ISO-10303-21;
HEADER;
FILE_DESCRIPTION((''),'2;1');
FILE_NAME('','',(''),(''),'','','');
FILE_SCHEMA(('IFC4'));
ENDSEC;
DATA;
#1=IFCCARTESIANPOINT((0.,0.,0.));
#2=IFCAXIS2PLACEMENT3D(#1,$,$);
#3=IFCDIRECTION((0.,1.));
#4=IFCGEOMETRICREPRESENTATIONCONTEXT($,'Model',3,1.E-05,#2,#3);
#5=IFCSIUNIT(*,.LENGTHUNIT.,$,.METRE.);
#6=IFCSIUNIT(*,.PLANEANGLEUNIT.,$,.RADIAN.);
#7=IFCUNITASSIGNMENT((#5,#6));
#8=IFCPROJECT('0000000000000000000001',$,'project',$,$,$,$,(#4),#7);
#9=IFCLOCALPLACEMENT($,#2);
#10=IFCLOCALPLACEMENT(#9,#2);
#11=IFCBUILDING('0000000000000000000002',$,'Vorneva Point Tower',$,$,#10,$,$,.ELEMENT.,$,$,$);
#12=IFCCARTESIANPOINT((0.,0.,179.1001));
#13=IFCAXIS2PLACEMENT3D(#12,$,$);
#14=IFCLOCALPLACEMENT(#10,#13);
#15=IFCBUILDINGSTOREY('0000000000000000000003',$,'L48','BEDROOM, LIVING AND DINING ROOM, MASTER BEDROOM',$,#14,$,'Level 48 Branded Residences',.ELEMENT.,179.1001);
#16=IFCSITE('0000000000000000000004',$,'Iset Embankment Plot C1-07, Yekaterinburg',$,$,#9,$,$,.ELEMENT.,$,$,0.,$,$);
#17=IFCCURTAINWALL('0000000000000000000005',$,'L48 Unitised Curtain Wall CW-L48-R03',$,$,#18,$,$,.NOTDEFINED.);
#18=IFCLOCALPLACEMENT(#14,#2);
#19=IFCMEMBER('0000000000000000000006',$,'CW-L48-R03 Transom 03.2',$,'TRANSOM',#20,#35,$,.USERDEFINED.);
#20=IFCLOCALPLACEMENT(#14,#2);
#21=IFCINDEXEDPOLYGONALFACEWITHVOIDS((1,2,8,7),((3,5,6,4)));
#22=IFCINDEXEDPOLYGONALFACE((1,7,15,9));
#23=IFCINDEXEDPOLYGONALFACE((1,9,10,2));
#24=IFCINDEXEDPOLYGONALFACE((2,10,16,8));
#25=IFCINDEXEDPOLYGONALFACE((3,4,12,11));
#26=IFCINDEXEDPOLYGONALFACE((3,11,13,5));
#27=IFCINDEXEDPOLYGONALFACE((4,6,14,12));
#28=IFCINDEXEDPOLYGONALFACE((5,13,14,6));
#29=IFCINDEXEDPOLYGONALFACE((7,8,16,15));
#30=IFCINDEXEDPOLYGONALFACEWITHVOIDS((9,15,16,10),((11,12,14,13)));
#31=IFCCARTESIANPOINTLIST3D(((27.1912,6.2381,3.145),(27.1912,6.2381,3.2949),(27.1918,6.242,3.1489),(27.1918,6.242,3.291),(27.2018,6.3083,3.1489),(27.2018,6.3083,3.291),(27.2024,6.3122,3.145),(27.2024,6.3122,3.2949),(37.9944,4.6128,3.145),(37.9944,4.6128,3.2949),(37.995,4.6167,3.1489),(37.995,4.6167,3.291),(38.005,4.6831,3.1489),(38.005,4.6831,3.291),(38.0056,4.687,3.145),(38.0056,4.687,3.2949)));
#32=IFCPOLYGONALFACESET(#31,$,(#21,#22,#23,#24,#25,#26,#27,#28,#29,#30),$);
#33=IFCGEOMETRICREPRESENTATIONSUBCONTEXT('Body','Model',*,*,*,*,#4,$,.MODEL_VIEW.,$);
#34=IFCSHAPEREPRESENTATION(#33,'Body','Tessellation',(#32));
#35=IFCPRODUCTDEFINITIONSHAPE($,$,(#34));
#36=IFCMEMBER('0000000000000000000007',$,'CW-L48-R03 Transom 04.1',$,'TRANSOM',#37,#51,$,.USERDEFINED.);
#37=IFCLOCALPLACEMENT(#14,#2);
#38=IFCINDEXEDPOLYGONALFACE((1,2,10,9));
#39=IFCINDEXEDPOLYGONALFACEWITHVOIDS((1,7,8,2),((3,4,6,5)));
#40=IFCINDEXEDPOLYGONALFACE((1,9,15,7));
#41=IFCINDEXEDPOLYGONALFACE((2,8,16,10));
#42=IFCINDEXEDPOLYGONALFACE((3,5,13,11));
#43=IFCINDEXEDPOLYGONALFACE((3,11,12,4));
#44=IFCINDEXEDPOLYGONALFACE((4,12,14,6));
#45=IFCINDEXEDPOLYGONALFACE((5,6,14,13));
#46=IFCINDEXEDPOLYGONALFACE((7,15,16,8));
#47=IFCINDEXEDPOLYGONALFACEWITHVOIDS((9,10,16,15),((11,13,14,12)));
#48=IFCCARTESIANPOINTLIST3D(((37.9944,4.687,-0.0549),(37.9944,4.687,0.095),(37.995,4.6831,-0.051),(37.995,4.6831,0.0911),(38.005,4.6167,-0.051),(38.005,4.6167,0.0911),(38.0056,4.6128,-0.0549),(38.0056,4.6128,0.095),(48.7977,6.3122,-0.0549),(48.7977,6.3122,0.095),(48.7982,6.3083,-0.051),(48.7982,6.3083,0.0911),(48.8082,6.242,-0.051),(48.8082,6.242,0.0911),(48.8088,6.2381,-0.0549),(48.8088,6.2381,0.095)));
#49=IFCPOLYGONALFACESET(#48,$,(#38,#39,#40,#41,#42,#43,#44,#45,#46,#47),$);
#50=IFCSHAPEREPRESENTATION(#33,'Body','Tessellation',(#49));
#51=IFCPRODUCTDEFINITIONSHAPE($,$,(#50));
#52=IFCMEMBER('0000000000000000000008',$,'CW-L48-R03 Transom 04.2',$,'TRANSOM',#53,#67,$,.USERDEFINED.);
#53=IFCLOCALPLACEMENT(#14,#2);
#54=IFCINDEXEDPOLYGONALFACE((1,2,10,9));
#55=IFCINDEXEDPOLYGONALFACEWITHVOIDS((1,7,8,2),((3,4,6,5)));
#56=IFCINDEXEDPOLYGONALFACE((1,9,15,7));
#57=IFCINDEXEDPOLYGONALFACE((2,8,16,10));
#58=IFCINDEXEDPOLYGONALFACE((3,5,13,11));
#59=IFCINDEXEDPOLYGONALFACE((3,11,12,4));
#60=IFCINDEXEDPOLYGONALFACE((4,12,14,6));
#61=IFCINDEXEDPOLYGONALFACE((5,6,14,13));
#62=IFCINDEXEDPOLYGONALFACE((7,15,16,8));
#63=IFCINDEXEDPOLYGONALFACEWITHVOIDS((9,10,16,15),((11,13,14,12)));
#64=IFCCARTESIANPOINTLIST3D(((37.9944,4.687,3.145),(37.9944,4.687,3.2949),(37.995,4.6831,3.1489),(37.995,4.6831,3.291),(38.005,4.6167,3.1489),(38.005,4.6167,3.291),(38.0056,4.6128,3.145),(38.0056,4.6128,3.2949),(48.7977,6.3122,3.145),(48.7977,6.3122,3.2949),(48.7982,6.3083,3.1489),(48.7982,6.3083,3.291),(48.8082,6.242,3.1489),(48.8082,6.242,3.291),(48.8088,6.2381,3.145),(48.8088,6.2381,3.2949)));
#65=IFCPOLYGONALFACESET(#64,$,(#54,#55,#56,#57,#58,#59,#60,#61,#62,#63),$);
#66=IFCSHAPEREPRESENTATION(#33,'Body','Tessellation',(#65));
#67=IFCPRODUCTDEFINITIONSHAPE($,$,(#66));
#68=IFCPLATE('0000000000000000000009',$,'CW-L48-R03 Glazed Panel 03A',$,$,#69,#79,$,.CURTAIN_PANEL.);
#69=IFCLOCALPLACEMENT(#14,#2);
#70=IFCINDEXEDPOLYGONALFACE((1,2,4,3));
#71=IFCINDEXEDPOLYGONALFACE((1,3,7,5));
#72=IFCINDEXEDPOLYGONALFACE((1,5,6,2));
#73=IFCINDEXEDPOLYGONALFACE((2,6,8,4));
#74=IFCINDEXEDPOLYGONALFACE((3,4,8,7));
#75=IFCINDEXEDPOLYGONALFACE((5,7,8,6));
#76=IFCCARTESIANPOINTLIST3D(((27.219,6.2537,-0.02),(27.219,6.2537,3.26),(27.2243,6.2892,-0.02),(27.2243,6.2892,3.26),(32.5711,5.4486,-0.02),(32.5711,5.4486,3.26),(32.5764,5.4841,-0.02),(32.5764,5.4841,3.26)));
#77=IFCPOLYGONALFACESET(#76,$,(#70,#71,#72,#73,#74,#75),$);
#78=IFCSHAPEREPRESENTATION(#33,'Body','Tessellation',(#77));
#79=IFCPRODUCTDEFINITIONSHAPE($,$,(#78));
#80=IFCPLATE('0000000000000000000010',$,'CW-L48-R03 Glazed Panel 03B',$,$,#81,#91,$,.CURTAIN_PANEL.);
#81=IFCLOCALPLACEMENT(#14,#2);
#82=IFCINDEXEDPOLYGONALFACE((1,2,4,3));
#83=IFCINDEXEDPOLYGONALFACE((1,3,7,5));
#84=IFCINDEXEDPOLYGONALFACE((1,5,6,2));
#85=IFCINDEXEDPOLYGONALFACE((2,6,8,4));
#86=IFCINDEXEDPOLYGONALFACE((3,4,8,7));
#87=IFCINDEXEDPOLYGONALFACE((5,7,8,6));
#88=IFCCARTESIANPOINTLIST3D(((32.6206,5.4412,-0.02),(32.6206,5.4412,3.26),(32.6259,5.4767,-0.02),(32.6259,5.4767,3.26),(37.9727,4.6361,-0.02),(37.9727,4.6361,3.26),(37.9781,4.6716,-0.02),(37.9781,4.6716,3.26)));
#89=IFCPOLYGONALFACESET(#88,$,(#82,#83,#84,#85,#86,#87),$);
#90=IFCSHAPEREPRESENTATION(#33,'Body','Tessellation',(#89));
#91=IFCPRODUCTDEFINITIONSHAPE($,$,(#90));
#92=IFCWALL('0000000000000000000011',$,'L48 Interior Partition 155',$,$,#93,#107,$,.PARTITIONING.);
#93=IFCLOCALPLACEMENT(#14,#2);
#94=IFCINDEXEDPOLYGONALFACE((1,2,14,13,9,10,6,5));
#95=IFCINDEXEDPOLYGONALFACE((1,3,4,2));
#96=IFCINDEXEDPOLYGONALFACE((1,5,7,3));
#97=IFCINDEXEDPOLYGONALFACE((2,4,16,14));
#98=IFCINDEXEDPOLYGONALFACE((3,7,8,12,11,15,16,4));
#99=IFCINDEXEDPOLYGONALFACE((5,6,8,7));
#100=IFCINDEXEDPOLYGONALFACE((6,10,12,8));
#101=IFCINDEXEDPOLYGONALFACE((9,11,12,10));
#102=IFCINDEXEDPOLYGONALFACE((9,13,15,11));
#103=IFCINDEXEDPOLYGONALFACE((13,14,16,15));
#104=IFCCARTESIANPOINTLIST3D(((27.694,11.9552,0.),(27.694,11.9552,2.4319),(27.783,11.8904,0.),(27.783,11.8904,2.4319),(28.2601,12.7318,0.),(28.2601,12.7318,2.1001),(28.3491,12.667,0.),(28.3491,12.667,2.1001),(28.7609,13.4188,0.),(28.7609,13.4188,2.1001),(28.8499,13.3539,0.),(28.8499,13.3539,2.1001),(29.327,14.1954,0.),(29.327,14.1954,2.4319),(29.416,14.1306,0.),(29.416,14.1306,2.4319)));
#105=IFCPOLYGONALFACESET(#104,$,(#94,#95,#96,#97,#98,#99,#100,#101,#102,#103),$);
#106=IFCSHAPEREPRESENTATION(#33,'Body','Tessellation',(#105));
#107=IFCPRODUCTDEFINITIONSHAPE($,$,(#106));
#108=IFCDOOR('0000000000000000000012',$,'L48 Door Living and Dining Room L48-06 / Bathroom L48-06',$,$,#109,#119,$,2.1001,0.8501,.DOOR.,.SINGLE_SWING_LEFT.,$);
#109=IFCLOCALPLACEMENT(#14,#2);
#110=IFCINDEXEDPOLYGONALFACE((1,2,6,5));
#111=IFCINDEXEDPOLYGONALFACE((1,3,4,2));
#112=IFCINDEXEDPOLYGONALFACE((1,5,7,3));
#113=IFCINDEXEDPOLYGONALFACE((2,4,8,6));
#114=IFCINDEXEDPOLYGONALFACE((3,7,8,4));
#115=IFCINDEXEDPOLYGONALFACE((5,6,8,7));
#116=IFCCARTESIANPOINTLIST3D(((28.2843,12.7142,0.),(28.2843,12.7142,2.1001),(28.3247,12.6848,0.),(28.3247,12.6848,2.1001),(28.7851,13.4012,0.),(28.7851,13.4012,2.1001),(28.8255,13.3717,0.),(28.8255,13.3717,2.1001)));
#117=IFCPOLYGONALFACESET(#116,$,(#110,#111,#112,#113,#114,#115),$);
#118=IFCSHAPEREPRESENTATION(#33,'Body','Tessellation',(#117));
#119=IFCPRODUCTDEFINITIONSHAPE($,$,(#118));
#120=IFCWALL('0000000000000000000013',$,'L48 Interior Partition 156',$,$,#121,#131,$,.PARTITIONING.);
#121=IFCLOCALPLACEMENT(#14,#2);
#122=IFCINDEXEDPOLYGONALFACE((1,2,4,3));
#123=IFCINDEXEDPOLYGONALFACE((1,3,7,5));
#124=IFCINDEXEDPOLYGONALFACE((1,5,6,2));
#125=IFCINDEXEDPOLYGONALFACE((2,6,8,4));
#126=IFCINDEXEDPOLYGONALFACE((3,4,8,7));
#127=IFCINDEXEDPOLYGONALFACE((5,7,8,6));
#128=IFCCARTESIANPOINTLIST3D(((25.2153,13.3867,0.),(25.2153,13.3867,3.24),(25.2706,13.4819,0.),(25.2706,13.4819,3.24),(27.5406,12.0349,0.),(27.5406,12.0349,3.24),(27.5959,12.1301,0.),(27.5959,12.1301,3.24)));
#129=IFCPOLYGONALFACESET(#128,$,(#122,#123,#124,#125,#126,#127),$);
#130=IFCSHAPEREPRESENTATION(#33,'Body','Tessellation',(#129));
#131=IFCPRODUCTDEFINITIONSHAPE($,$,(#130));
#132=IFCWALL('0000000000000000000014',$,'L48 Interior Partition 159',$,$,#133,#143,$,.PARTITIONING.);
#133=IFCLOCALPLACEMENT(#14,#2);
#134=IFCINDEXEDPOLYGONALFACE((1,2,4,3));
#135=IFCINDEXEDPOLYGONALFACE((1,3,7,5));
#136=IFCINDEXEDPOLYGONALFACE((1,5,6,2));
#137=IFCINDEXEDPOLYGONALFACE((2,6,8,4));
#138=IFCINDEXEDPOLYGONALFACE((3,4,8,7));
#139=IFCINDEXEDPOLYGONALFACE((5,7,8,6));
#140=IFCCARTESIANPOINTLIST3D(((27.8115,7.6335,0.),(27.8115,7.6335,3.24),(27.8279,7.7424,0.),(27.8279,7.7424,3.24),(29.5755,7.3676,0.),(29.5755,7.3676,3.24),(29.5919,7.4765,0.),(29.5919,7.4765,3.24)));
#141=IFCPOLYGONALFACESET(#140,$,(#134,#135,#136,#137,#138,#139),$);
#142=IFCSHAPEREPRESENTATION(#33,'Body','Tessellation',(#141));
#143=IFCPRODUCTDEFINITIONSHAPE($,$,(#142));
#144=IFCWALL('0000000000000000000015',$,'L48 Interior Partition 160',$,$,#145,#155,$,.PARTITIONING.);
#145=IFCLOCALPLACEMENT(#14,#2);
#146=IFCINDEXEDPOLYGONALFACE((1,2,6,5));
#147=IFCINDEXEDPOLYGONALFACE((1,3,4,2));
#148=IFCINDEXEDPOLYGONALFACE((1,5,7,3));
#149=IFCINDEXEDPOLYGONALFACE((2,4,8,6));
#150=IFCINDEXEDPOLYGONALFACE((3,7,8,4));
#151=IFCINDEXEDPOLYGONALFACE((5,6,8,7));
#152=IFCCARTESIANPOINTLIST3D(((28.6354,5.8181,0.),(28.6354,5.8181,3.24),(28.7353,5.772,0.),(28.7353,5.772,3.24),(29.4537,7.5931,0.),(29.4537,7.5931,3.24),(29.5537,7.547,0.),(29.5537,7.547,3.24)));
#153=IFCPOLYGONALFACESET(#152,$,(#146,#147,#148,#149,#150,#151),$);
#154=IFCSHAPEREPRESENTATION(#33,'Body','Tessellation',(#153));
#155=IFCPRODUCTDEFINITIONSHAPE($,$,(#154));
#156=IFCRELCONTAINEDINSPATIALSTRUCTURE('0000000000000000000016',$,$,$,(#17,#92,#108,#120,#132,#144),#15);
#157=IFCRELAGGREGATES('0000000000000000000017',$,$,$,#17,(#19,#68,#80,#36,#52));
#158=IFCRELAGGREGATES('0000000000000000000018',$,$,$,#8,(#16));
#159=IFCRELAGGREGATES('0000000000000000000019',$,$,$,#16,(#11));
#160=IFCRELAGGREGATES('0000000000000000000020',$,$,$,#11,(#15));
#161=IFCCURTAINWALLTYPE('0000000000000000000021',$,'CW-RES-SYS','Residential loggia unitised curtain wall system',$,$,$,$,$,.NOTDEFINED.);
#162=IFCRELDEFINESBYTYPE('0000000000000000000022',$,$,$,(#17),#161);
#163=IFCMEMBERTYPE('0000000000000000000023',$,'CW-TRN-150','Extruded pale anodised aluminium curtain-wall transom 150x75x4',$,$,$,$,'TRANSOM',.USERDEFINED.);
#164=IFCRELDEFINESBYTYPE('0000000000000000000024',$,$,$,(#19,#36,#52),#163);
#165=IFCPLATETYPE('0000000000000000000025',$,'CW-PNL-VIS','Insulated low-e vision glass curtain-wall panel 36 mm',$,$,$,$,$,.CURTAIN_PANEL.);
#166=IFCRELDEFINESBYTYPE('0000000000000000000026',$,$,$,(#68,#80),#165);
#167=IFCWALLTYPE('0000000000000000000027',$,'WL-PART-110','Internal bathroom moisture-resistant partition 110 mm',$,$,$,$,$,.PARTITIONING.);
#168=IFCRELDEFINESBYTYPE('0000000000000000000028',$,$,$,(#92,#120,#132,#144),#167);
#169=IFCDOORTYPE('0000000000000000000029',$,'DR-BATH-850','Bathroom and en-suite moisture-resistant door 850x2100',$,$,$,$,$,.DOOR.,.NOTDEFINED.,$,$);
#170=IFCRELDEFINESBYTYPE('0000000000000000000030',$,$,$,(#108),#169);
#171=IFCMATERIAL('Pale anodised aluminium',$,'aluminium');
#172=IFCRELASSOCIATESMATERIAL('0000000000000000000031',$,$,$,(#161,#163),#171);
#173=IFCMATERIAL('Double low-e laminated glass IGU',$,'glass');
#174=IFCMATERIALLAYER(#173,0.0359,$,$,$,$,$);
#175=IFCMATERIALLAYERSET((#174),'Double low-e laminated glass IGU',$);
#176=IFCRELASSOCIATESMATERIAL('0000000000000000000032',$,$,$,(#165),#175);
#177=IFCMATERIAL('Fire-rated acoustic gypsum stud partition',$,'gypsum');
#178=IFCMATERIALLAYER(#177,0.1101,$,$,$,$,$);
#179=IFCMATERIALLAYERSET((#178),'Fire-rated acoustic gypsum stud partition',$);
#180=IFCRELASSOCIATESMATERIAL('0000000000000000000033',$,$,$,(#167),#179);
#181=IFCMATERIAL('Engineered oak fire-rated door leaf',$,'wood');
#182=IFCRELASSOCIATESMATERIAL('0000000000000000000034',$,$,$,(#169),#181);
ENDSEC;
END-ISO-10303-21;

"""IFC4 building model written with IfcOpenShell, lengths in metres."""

from ifc_helpers import new_model, si_unit, direction, frame, frame_2d, origin, origin_2d, place, context, subcontext, project, spatial, rectangle, hollow_rectangle, extrude, material, layer, layer_set, material_profile, profile_set, type_object, element, fill, aggregate, save


model = new_model("IFC4")

# Units and contexts
model_context = context("Model", 3, precision=1e-05, world=origin(), true_north=direction((0.0, 1.0)))
body_context = subcontext(model_context, "Body", "Model", "MODEL_VIEW")
ifc_project = project(units=[si_unit("LENGTHUNIT", "METRE"), si_unit("PLANEANGLEUNIT", "RADIAN")], contexts=[model_context])

# Site, building, storey
site_placement = place(None, origin())
site = spatial("IfcSite", under=ifc_project, at=site_placement, Name="Iset Embankment Plot C1-07, Yekaterinburg", CompositionType="ELEMENT", RefElevation=0.0)
building_placement = place(site_placement, origin())
building = spatial("IfcBuilding", under=site, at=building_placement, Name="Vorneva Point Tower", CompositionType="ELEMENT")
storey_placement = place(building_placement, frame((0.0, 0.0, 179.1001)))
storey = spatial("IfcBuildingStorey", under=building, at=storey_placement, Name="L48", Description="BEDROOM, LIVING AND DINING ROOM, MASTER BEDROOM", LongName="Level 48 Branded Residences", CompositionType="ELEMENT", Elevation=179.1001)

# Curtain wall, members, plates
ifc_material_1 = material(Name="Pale anodised aluminium", Category="aluminium")
curtain_wall_type = type_object("IfcCurtainWallType", Name="CW-RES-SYS", Description="Residential loggia unitised curtain wall system", PredefinedType="NOTDEFINED", material=ifc_material_1)
curtain_wall_placement = place(storey_placement, origin())
curtain_wall = element("IfcCurtainWall", 1, at=curtain_wall_placement, inside=storey, type_object=curtain_wall_type, Name="L48 Unitised Curtain Wall CW-L48-R03", PredefinedType="NOTDEFINED")
ifc_material_profile_1 = material_profile(ifc_material_1, hollow_rectangle(XDim=0.075, YDim=0.1499, WallThickness=0.0039, at=origin_2d()), Name="AL-TRN 150x75x4")
ifc_profile_set_1 = profile_set([ifc_material_profile_1], Name="Pale anodised aluminium")
member_type_1 = type_object("IfcMemberType", Name="CW-TRN-150", Description="Extruded pale anodised aluminium curtain-wall transom 150x75x4", ElementType="TRANSOM", PredefinedType="USERDEFINED", material=ifc_profile_set_1)
member_1_placement = place(storey_placement, frame((27.1968, 6.2751, 3.22), z_axis=(0.988872, -0.148767, 0.0), x_axis=(0.148767, 0.988872, 0.0)))
member_1 = element("IfcMember", 2, at=member_1_placement, type_object=member_type_1, Name="CW-L48-R03 Transom 03.2", ObjectType="TRANSOM", PredefinedType="USERDEFINED", context=body_context, shape_type="SweptSolid", body=[
    extrude(hollow_rectangle(XDim=0.075, YDim=0.1499, WallThickness=0.0039, at=origin_2d()), origin(), (0.0, 0.0, 1.0), 10.9248),
])
member_2_placement = place(storey_placement, frame((38.0, 4.6499, 0.02), z_axis=(0.988872, 0.148767, 0.0), x_axis=(-0.148767, 0.988872, 0.0)))
member_2 = element("IfcMember", 3, at=member_2_placement, type_object=member_type_1, Name="CW-L48-R03 Transom 04.1", ObjectType="TRANSOM", PredefinedType="USERDEFINED", context=body_context, shape_type="SweptSolid", body=[
    extrude(hollow_rectangle(XDim=0.075, YDim=0.1499, WallThickness=0.0039, at=origin_2d()), origin(), (0.0, 0.0, 1.0), 10.9248),
])
member_3_placement = place(storey_placement, frame((38.0, 4.6499, 3.22), z_axis=(0.988872, 0.148767, 0.0), x_axis=(-0.148767, 0.988872, 0.0)))
member_3 = element("IfcMember", 4, at=member_3_placement, type_object=member_type_1, Name="CW-L48-R03 Transom 04.2", ObjectType="TRANSOM", PredefinedType="USERDEFINED", context=body_context, shape_type="SweptSolid", body=[
    extrude(hollow_rectangle(XDim=0.075, YDim=0.1499, WallThickness=0.0039, at=origin_2d()), origin(), (0.0, 0.0, 1.0), 10.9248),
])
ifc_material_2 = material(Name="Double low-e laminated glass IGU", Category="glass")
ifc_layer_1 = layer(ifc_material_2, 0.0359)
ifc_layer_set_1 = layer_set([ifc_layer_1], Name="Double low-e laminated glass IGU")
plate_type = type_object("IfcPlateType", Name="CW-PNL-VIS", Description="Insulated low-e vision glass curtain-wall panel 36 mm", PredefinedType="CURTAIN_PANEL", material=ifc_layer_set_1)
plate_1_placement = place(storey_placement, frame((29.8977, 5.8689, -0.02), z_axis=(0.0, 0.0, 1.0), x_axis=(0.988874, -0.148759, 0.0)))
plate_1 = element("IfcPlate", 5, at=plate_1_placement, type_object=plate_type, Name="CW-L48-R03 Glazed Panel 03A", PredefinedType="CURTAIN_PANEL", context=body_context, shape_type="SweptSolid", body=[
    extrude(rectangle(XDim=5.4124, YDim=0.0359, at=origin_2d()), origin(), (0.0, 0.0, 1.0), 3.28),
])
plate_2_placement = place(storey_placement, frame((35.2993, 5.0564, -0.02), z_axis=(0.0, 0.0, 1.0), x_axis=(0.988874, -0.148759, 0.0)))
plate_2 = element("IfcPlate", 6, at=plate_2_placement, type_object=plate_type, Name="CW-L48-R03 Glazed Panel 03B", PredefinedType="CURTAIN_PANEL", context=body_context, shape_type="SweptSolid", body=[
    extrude(rectangle(XDim=5.4124, YDim=0.0359, at=origin_2d()), origin(), (0.0, 0.0, 1.0), 3.28),
])
aggregate(curtain_wall, [member_1, plate_1, plate_2, member_2, member_3])

# Wall, opening, door
ifc_material_3 = material(Name="Fire-rated acoustic gypsum stud partition", Category="gypsum")
ifc_layer_2 = layer(ifc_material_3, 0.1101)
ifc_layer_set_2 = layer_set([ifc_layer_2], Name="Fire-rated acoustic gypsum stud partition")
wall_type_1 = type_object("IfcWallType", Name="WL-PART-110", Description="Internal bathroom moisture-resistant partition 110 mm", PredefinedType="PARTITIONING", material=ifc_layer_set_2)
wall_1_placement = place(storey_placement, frame((29.3716, 14.1631, 0.0), z_axis=(0.0, 0.0, 1.0), x_axis=(-0.589067, -0.808084, 0.0)))
wall_1 = element("IfcWall", 7, at=wall_1_placement, inside=storey, type_object=wall_type_1, Name="L48 Interior Partition 155", PredefinedType="PARTITIONING", context=body_context, shape_type="SweptSolid", body=[
    extrude(rectangle(XDim=2.7722, YDim=0.1101, at=frame_2d((1.3862, 0.0))), origin(), (0.0, 0.0, 1.0), 2.4319),
])
opening_1_placement = place(wall_1_placement, frame((0.9612, 0.0, 0.0)))
opening_1 = element("IfcOpeningElement", 8, at=opening_1_placement, cuts=wall_1, PredefinedType="OPENING", context=body_context, shape_type="SweptSolid", body=[
    extrude(rectangle(XDim=0.8501, YDim=2.1001, at=frame_2d((0.425, 1.05))), frame((0.0, 0.0698, 0.0), z_axis=(0.0, -1.0, 0.0), x_axis=(1.0, 0.0, 0.0)), (0.0, 0.0, 1.0), 0.1399),
])
ifc_material_4 = material(Name="Engineered oak fire-rated door leaf", Category="wood")
door_type_1 = type_object("IfcDoorType", Name="DR-BATH-850", Description="Bathroom and en-suite moisture-resistant door 850x2100", OperationType="NOTDEFINED", PredefinedType="DOOR", material=ifc_material_4)
door_1_placement = place(opening_1_placement, origin())
door_1 = element("IfcDoor", 9, at=door_1_placement, inside=storey, type_object=door_type_1, Name="L48 Door Living and Dining Room L48-06 / Bathroom L48-06", OperationType="SINGLE_SWING_LEFT", OverallHeight=2.1001, OverallWidth=0.8501, PredefinedType="DOOR", context=body_context, shape_type="SweptSolid", body=[
    extrude(rectangle(XDim=0.8501, YDim=2.1001, at=frame_2d((0.425, 1.05))), frame((0.0, 0.0249, 0.0), z_axis=(0.0, -1.0, 0.0), x_axis=(1.0, 0.0, 0.0)), (0.0, 0.0, 1.0), 0.05),
])
fill(opening_1, door_1)

# Walls
wall_2_placement = place(storey_placement, frame((27.5681, 12.0825, 0.0), z_axis=(0.0, 0.0, 1.0), x_axis=(-0.864515, 0.502606, 0.0)))
element("IfcWall", 10, at=wall_2_placement, inside=storey, type_object=wall_type_1, Name="L48 Interior Partition 156", PredefinedType="PARTITIONING", context=body_context, shape_type="SweptSolid", body=[
    extrude(rectangle(XDim=2.6897, YDim=0.1101, at=frame_2d((1.3447, 0.0))), origin(), (0.0, 0.0, 1.0), 3.24),
])
wall_3_placement = place(storey_placement, frame((27.8196, 7.688, 0.0), z_axis=(0.0, 0.0, 1.0), x_axis=(0.988831, -0.149043, 0.0)))
element("IfcWall", 11, at=wall_3_placement, inside=storey, type_object=wall_type_1, Name="L48 Interior Partition 159", PredefinedType="PARTITIONING", context=body_context, shape_type="SweptSolid", body=[
    extrude(rectangle(XDim=1.7839, YDim=0.1101, at=frame_2d((0.8921, 0.0))), origin(), (0.0, 0.0, 1.0), 3.24),
])
wall_4_placement = place(storey_placement, frame((29.5037, 7.5701, 0.0), z_axis=(0.0, 0.0, 1.0), x_axis=(-0.418662, -0.908142, 0.0)))
element("IfcWall", 12, at=wall_4_placement, inside=storey, type_object=wall_type_1, Name="L48 Interior Partition 160", PredefinedType="PARTITIONING", context=body_context, shape_type="SweptSolid", body=[
    extrude(rectangle(XDim=1.9546, YDim=0.1101, at=frame_2d((0.9773, 0.0))), origin(), (0.0, 0.0, 1.0), 3.24),
])

save(model, "model.ifc")
